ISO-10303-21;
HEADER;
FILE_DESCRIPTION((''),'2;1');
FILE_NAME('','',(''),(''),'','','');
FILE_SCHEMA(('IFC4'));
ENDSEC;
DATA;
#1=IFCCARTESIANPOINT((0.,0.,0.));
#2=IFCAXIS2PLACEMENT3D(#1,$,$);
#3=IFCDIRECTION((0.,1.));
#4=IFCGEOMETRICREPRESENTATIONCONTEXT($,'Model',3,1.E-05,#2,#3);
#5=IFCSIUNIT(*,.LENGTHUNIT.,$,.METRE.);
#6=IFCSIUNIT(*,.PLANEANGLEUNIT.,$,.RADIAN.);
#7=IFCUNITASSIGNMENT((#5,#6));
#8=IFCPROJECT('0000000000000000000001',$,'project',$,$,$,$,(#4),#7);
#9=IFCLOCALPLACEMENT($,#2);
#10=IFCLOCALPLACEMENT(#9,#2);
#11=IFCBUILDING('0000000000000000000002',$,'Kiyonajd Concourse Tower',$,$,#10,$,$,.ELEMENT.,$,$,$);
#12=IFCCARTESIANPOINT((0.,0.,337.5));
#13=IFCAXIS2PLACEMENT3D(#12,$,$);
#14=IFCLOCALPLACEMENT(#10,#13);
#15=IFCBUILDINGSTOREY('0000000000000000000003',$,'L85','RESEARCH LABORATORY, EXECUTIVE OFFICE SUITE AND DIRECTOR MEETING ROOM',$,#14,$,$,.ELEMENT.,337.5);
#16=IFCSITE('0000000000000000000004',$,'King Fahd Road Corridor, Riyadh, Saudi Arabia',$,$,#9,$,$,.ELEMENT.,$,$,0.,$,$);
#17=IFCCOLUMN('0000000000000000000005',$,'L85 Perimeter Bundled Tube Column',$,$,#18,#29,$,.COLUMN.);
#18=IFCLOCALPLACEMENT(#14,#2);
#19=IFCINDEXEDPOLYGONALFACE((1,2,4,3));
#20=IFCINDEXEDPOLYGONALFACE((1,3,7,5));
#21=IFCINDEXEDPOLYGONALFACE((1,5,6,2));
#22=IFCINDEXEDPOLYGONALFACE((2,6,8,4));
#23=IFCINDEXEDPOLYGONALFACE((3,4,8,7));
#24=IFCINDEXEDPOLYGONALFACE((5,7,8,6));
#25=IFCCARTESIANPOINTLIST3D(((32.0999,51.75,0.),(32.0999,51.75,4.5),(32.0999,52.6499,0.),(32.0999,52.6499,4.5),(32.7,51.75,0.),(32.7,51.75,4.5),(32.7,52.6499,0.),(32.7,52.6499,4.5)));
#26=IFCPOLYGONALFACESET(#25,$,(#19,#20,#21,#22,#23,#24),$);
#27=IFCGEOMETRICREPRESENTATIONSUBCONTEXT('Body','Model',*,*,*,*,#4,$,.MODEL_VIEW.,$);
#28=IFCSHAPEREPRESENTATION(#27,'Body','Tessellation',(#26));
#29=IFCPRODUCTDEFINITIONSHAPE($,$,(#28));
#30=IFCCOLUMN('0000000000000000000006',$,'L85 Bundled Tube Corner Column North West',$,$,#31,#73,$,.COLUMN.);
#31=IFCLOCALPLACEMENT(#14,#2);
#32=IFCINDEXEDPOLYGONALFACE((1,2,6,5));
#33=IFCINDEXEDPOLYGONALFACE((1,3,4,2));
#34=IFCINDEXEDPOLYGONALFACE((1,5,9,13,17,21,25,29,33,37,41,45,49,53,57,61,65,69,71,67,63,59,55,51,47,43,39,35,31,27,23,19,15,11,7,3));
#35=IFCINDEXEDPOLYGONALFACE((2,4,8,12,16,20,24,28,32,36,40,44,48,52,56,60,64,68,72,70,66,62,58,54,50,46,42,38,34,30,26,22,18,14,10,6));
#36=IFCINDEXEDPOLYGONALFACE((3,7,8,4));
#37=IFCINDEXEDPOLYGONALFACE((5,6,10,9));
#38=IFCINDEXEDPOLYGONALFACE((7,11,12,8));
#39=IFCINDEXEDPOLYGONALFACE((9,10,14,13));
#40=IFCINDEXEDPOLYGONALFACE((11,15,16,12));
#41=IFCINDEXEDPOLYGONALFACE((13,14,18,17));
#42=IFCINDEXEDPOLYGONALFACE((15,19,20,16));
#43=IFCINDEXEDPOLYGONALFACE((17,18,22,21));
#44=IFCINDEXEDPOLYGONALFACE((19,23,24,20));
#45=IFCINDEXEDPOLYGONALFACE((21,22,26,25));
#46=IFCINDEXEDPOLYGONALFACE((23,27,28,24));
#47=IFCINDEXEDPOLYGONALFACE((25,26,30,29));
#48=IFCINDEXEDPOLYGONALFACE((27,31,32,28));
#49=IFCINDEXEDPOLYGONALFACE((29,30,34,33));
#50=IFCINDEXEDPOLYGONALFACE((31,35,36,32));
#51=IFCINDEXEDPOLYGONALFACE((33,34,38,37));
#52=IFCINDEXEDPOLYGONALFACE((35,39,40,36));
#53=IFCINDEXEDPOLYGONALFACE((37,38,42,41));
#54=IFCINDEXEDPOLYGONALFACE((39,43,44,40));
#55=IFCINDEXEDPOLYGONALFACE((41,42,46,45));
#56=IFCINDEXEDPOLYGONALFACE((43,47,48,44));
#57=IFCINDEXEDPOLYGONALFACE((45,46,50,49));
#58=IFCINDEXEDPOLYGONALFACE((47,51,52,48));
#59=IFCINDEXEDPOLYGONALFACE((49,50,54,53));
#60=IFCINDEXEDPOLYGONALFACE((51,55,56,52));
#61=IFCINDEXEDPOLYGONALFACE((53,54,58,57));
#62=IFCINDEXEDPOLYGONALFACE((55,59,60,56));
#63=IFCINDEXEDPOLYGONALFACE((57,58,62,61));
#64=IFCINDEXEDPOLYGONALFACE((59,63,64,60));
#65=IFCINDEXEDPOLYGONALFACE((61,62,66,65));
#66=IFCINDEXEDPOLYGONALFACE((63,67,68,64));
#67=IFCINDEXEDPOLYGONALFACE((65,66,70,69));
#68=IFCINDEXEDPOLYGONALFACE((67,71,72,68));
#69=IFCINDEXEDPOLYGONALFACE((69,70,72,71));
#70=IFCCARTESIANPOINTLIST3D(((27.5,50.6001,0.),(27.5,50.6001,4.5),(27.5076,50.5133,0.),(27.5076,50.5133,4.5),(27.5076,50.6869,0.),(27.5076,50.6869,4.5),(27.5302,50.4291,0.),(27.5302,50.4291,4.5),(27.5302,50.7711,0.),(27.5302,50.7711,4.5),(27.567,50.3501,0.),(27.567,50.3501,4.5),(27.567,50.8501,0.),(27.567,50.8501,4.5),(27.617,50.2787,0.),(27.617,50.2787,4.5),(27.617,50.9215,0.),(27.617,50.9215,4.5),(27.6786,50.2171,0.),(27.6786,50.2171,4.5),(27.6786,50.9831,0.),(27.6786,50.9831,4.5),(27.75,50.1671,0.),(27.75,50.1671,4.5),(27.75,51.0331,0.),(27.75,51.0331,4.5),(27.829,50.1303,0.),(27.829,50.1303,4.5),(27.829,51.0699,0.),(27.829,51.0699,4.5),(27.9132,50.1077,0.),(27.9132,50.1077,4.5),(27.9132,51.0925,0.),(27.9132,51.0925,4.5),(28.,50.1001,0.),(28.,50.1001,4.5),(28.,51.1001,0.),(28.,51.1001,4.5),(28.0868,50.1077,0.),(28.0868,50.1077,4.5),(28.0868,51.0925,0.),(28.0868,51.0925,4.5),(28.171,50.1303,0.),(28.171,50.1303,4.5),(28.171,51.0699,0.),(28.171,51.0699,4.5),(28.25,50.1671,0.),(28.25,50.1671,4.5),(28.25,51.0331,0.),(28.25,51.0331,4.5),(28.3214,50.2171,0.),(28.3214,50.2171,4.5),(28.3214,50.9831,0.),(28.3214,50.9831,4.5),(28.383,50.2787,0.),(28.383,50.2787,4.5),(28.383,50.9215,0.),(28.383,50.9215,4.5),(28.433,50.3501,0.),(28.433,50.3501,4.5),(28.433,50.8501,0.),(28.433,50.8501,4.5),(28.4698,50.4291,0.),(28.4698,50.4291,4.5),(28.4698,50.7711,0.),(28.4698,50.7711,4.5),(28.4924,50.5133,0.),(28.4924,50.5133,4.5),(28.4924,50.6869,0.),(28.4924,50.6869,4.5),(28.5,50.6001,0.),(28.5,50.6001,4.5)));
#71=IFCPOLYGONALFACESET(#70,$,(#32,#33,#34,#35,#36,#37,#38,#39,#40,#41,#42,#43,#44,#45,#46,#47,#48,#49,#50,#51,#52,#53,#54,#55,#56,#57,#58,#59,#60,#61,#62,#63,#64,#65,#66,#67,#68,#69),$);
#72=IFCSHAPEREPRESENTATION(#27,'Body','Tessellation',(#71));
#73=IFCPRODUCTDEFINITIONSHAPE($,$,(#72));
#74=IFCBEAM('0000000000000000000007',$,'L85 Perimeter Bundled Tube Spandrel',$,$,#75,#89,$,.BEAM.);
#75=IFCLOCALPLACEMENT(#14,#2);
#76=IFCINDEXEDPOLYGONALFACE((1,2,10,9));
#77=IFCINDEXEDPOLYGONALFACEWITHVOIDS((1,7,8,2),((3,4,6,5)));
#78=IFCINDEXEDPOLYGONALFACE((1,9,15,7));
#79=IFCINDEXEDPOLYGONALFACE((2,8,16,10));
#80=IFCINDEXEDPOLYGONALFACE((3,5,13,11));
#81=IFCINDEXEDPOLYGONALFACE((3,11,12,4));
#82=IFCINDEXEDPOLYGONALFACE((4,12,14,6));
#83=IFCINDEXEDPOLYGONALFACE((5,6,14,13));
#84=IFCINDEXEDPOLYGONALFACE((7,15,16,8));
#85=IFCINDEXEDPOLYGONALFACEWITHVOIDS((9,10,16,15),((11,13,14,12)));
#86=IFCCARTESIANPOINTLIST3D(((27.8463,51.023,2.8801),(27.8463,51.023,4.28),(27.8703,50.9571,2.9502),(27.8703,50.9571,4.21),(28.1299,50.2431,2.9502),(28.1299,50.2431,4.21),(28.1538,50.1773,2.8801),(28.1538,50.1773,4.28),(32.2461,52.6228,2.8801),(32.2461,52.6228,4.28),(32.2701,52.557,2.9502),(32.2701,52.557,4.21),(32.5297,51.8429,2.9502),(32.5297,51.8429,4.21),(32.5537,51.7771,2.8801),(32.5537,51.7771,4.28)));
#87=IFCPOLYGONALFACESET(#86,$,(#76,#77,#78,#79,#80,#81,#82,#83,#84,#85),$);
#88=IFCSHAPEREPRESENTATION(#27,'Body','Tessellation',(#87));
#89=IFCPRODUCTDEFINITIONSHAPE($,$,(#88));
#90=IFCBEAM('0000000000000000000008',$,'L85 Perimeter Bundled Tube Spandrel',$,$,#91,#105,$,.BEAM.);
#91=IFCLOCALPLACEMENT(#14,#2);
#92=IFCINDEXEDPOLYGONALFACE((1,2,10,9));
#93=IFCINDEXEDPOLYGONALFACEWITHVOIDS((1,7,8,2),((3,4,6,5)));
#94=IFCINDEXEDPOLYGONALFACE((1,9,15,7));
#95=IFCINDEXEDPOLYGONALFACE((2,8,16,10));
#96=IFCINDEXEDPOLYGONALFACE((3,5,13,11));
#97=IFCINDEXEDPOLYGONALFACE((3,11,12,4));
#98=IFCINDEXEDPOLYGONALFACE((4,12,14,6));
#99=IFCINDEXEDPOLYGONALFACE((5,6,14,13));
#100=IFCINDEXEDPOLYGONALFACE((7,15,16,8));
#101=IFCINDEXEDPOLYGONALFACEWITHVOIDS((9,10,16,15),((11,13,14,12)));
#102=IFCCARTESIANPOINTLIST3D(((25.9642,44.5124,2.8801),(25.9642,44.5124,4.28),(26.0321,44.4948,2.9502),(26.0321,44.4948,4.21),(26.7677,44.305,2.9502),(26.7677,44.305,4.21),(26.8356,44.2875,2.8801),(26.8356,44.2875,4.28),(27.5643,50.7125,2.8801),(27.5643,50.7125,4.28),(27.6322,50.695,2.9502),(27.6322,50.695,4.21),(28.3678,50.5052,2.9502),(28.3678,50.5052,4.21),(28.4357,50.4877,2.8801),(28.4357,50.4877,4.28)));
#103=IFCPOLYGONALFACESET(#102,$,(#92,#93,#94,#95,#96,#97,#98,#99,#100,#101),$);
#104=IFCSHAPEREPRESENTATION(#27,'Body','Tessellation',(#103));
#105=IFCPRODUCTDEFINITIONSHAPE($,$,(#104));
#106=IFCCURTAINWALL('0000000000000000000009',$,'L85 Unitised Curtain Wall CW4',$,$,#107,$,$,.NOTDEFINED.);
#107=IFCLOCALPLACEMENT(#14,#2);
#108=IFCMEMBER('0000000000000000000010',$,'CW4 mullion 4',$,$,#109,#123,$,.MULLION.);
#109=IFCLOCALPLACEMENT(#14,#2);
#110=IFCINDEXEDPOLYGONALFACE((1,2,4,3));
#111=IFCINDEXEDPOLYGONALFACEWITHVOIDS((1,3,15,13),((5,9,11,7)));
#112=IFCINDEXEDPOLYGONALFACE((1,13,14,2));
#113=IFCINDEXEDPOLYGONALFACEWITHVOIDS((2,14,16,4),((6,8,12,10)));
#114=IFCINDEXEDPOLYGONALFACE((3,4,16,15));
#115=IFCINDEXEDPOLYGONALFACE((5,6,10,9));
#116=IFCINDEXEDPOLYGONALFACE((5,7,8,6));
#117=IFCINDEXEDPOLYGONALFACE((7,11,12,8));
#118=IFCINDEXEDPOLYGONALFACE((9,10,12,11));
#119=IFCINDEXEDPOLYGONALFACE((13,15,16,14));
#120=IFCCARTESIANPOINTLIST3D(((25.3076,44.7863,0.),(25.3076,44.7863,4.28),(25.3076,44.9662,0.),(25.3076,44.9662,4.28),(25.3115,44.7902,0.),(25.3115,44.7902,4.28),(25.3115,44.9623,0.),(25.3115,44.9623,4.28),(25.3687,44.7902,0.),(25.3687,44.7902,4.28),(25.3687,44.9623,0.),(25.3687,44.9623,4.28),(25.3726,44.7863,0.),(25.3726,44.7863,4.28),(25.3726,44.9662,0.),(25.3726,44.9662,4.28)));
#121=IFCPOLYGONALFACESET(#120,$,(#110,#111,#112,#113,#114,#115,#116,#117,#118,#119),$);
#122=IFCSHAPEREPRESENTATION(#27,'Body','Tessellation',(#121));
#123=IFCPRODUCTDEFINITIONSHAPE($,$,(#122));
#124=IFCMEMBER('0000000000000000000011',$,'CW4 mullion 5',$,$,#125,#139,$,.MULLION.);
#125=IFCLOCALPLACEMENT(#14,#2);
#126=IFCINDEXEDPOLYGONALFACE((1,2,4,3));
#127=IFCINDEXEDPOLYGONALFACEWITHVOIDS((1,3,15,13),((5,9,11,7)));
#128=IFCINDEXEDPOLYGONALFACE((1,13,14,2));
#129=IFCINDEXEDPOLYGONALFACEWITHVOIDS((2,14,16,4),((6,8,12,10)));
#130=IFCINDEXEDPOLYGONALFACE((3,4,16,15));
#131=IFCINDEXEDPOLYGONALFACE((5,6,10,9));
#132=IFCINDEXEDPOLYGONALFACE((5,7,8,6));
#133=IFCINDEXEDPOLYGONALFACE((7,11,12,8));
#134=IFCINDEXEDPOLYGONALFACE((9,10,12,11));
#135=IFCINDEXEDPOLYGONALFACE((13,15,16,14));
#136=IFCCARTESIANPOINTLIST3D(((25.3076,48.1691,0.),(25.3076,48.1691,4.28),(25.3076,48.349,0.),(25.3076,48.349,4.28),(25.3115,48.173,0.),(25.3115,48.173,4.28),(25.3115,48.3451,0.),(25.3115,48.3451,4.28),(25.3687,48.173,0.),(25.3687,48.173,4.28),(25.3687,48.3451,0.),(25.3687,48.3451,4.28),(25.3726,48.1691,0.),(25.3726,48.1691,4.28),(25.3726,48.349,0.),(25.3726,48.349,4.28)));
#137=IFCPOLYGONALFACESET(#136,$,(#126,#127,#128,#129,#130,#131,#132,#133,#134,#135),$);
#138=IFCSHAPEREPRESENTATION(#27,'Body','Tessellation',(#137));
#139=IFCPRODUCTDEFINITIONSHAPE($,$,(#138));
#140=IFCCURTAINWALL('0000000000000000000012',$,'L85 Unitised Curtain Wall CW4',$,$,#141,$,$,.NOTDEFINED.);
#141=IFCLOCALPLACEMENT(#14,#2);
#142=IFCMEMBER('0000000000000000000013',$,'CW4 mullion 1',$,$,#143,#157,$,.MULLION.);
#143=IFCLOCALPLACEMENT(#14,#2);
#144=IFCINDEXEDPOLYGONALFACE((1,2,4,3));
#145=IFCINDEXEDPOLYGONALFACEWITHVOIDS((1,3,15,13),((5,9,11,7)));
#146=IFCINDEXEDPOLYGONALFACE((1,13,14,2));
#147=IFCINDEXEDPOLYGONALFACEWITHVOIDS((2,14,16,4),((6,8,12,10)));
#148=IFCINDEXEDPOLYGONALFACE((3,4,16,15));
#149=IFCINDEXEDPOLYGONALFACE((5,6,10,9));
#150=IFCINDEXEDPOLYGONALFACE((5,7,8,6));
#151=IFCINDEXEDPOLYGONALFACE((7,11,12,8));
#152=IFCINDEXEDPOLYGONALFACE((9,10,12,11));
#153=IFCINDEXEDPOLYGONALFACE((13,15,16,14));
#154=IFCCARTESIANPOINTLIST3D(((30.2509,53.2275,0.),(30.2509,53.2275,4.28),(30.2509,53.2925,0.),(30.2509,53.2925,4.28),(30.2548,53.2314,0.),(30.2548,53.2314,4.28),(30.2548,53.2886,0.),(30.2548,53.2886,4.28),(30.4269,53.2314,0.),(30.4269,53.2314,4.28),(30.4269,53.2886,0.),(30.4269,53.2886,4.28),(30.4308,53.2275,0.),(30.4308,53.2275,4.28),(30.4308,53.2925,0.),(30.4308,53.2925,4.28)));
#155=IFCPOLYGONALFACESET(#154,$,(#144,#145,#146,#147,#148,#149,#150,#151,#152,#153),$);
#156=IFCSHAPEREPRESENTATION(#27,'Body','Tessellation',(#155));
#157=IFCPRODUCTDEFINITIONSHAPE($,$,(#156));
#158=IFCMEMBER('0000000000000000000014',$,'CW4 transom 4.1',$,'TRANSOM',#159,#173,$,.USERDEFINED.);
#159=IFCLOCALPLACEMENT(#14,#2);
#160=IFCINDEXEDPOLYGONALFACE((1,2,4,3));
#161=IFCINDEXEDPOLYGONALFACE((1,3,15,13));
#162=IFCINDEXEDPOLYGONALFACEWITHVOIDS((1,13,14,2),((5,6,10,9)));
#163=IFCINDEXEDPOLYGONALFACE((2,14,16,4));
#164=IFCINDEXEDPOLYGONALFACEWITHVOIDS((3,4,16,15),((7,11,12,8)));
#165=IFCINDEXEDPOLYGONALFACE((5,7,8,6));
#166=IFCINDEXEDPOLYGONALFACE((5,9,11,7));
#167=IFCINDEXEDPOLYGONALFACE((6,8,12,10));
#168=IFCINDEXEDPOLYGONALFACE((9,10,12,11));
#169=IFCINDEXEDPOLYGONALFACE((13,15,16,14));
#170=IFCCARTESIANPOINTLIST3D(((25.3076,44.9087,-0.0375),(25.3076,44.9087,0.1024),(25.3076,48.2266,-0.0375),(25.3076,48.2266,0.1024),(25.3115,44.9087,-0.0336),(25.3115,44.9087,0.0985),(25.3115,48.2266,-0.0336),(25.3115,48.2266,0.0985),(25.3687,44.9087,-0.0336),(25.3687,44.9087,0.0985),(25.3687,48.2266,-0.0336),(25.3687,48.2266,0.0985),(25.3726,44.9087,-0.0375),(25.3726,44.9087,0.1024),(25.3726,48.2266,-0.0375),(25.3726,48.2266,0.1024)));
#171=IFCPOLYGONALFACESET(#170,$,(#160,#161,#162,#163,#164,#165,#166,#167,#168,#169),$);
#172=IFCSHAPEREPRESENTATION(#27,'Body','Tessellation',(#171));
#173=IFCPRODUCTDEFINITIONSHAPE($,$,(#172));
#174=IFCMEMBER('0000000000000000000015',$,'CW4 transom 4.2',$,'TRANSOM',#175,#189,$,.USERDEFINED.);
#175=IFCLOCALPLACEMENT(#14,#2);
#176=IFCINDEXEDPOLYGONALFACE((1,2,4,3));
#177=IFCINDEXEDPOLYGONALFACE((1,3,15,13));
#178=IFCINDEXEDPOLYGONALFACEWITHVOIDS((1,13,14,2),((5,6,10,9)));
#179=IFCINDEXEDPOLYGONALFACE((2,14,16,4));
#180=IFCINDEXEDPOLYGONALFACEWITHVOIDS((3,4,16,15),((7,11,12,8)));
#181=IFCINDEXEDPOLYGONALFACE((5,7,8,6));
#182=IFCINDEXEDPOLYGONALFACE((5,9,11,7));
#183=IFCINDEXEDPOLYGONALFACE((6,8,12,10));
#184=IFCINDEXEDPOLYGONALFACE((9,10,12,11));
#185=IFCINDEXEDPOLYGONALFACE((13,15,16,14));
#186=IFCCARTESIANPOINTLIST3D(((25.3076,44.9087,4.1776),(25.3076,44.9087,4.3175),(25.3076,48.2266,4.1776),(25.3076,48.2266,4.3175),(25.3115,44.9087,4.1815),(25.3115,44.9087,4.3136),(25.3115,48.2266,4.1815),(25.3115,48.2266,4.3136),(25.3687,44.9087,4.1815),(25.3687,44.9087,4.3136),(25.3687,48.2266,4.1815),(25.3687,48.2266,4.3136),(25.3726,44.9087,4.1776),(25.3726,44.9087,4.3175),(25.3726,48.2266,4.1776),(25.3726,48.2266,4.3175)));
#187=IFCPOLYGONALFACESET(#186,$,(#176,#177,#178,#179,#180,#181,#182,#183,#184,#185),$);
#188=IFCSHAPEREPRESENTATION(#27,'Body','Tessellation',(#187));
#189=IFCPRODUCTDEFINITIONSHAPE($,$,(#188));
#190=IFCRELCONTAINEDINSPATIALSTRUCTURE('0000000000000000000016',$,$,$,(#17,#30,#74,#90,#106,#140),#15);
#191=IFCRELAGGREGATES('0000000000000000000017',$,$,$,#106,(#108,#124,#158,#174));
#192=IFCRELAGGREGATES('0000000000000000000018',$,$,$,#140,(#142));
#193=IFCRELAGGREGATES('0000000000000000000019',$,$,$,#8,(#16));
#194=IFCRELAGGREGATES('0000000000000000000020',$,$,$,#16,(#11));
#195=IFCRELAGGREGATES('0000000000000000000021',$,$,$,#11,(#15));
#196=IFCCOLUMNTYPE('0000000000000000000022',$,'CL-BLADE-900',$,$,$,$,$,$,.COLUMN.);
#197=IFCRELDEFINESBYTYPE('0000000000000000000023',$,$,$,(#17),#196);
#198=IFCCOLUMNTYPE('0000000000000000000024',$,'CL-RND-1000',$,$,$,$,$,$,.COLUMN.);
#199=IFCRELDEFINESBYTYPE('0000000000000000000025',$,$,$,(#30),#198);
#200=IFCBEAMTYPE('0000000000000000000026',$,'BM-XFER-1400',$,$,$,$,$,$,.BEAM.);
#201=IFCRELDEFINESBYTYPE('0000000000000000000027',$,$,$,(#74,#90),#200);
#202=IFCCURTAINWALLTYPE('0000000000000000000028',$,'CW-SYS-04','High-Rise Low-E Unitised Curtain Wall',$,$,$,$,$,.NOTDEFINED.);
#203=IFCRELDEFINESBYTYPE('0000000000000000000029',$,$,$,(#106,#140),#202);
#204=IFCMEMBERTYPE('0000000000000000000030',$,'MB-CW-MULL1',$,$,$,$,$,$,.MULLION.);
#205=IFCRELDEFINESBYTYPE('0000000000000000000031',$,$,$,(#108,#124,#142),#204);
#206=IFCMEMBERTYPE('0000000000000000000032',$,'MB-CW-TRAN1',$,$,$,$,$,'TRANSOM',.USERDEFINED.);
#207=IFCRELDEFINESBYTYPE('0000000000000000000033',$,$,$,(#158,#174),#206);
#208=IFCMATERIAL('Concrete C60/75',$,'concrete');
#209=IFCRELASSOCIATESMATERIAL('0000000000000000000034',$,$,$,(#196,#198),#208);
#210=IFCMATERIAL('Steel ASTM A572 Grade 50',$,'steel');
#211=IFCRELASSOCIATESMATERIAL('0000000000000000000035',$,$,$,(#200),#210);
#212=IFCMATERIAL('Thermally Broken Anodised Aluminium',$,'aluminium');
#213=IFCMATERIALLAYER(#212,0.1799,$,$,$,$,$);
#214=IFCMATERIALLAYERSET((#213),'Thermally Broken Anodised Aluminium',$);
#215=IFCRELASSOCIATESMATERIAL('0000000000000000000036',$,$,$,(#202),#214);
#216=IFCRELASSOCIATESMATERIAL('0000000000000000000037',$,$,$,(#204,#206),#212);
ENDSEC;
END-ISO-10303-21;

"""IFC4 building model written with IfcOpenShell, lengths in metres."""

from ifc_helpers import new_model, si_unit, direction, frame, origin, origin_2d, place, context, subcontext, project, spatial, rectangle, hollow_rectangle, circle, extrude, material, layer, layer_set, material_profile, profile_set, type_object, element, aggregate, save


model = new_model("IFC4")

# Units and contexts
model_context = context("Model", 3, precision=1e-05, world=origin(), true_north=direction((0.0, 1.0)))
body_context = subcontext(model_context, "Body", "Model", "MODEL_VIEW")
ifc_project = project(units=[si_unit("LENGTHUNIT", "METRE"), si_unit("PLANEANGLEUNIT", "RADIAN")], contexts=[model_context])

# Site, building, storey
site_placement = place(None, origin())
site = spatial("IfcSite", under=ifc_project, at=site_placement, Name="King Fahd Road Corridor, Riyadh, Saudi Arabia", CompositionType="ELEMENT", RefElevation=0.0)
building_placement = place(site_placement, origin())
building = spatial("IfcBuilding", under=site, at=building_placement, Name="Kiyonajd Concourse Tower", CompositionType="ELEMENT")
storey_placement = place(building_placement, frame((0.0, 0.0, 337.5)))
storey = spatial("IfcBuildingStorey", under=building, at=storey_placement, Name="L85", Description="RESEARCH LABORATORY, EXECUTIVE OFFICE SUITE AND DIRECTOR MEETING ROOM", CompositionType="ELEMENT", Elevation=337.5)

# Columns
ifc_material_1 = material(Name="Concrete C60/75", Category="concrete")
ifc_material_profile_1 = material_profile(ifc_material_1, rectangle(XDim=0.6001, YDim=0.8999, at=origin_2d()), Name="RC-900x600")
ifc_profile_set_1 = profile_set([ifc_material_profile_1], Name="Concrete C60/75")
column_type_1 = type_object("IfcColumnType", Name="CL-BLADE-900", PredefinedType="COLUMN", material=ifc_profile_set_1)
column_1_placement = place(storey_placement, frame((32.3999, 52.2, 0.0), z_axis=(0.0, 0.0, 1.0), x_axis=(1.0, 0.0, 0.0)))
element("IfcColumn", 1, at=column_1_placement, inside=storey, type_object=column_type_1, Name="L85 Perimeter Bundled Tube Column", PredefinedType="COLUMN", context=body_context, shape_type="SweptSolid", body=[
    extrude(rectangle(XDim=0.6001, YDim=0.8999, at=origin_2d()), origin(), (0.0, 0.0, 1.0), 4.5),
])
ifc_material_profile_2 = material_profile(ifc_material_1, circle(Radius=0.5, at=origin_2d()), Name="RCC-D1000")
ifc_profile_set_2 = profile_set([ifc_material_profile_2], Name="Concrete C60/75")
column_type_2 = type_object("IfcColumnType", Name="CL-RND-1000", PredefinedType="COLUMN", material=ifc_profile_set_2)
column_2_placement = place(storey_placement, frame((28.0, 50.6001, 0.0), z_axis=(0.0, 0.0, 1.0), x_axis=(1.0, 0.0, 0.0)))
element("IfcColumn", 2, at=column_2_placement, inside=storey, type_object=column_type_2, Name="L85 Bundled Tube Corner Column North West", PredefinedType="COLUMN", context=body_context, shape_type="SweptSolid", body=[
    extrude(circle(Radius=0.5, at=origin_2d()), origin(), (0.0, 0.0, 1.0), 4.5),
])

# Beams
ifc_material_2 = material(Name="Steel ASTM A572 Grade 50", Category="steel")
ifc_material_profile_3 = material_profile(ifc_material_2, hollow_rectangle(XDim=0.8999, YDim=1.3999, WallThickness=0.0701, at=origin_2d()), Name="BOX-1400x900x70")
ifc_profile_set_3 = profile_set([ifc_material_profile_3], Name="Steel ASTM A572 Grade 50")
beam_type = type_object("IfcBeamType", Name="BM-XFER-1400", PredefinedType="BEAM", material=ifc_profile_set_3)
beam_1_placement = place(storey_placement, frame((32.3999, 52.2, 3.5801), z_axis=(-0.939801, -0.341722, 0.0), x_axis=(0.341722, -0.939801, 0.0)))
element("IfcBeam", 3, at=beam_1_placement, inside=storey, type_object=beam_type, Name="L85 Perimeter Bundled Tube Spandrel", PredefinedType="BEAM", context=body_context, shape_type="SweptSolid", body=[
    extrude(hollow_rectangle(XDim=0.8999, YDim=1.3999, WallThickness=0.0701, at=origin_2d()), origin(), (0.0, 0.0, 1.0), 4.6816),
])
beam_2_placement = place(storey_placement, frame((28.0, 50.6001, 3.5801), z_axis=(-0.249885, -0.968276, 0.0), x_axis=(0.968276, -0.249885, 0.0)))
element("IfcBeam", 4, at=beam_2_placement, inside=storey, type_object=beam_type, Name="L85 Perimeter Bundled Tube Spandrel", PredefinedType="BEAM", context=body_context, shape_type="SweptSolid", body=[
    extrude(hollow_rectangle(XDim=0.8999, YDim=1.3999, WallThickness=0.0701, at=origin_2d()), origin(), (0.0, 0.0, 1.0), 6.4033),
])

# Curtain wall, members
ifc_material_3 = material(Name="Thermally Broken Anodised Aluminium", Category="aluminium")
ifc_layer_1 = layer(ifc_material_3, 0.1799)
ifc_layer_set_1 = layer_set([ifc_layer_1], Name="Thermally Broken Anodised Aluminium")
curtain_wall_type = type_object("IfcCurtainWallType", Name="CW-SYS-04", Description="High-Rise Low-E Unitised Curtain Wall", PredefinedType="NOTDEFINED", material=ifc_layer_set_1)
curtain_wall_1_placement = place(storey_placement, origin())
curtain_wall_1 = element("IfcCurtainWall", 5, at=curtain_wall_1_placement, inside=storey, type_object=curtain_wall_type, Name="L85 Unitised Curtain Wall CW4", PredefinedType="NOTDEFINED")
ifc_material_profile_4 = material_profile(ifc_material_3, hollow_rectangle(XDim=0.0649, YDim=0.1799, WallThickness=0.0039, at=origin_2d()), Name="MULL-65x180")
ifc_profile_set_4 = profile_set([ifc_material_profile_4], Name="Thermally Broken Anodised Aluminium")
member_type_1 = type_object("IfcMemberType", Name="MB-CW-MULL1", PredefinedType="MULLION", material=ifc_profile_set_4)
member_1_placement = place(storey_placement, frame((25.3401, 44.8762, 0.0), z_axis=(0.0, 0.0, 1.0), x_axis=(-1.0, 0.0, 0.0)))
member_1 = element("IfcMember", 6, at=member_1_placement, type_object=member_type_1, Name="CW4 mullion 4", PredefinedType="MULLION", context=body_context, shape_type="SweptSolid", body=[
    extrude(hollow_rectangle(XDim=0.0649, YDim=0.1799, WallThickness=0.0039, at=origin_2d()), origin(), (0.0, 0.0, 1.0), 4.28),
])
member_2_placement = place(storey_placement, frame((25.3401, 48.259, 0.0), z_axis=(0.0, 0.0, 1.0), x_axis=(-1.0, 0.0, 0.0)))
member_2 = element("IfcMember", 7, at=member_2_placement, type_object=member_type_1, Name="CW4 mullion 5", PredefinedType="MULLION", context=body_context, shape_type="SweptSolid", body=[
    extrude(hollow_rectangle(XDim=0.0649, YDim=0.1799, WallThickness=0.0039, at=origin_2d()), origin(), (0.0, 0.0, 1.0), 4.28),
])

# Curtain wall, member
curtain_wall_2_placement = place(storey_placement, origin())
curtain_wall_2 = element("IfcCurtainWall", 8, at=curtain_wall_2_placement, inside=storey, type_object=curtain_wall_type, Name="L85 Unitised Curtain Wall CW4", PredefinedType="NOTDEFINED")
member_3_placement = place(storey_placement, frame((30.3408, 53.26, 0.0), z_axis=(0.0, 0.0, 1.0), x_axis=(0.0, 1.0, 0.0)))
member_3 = element("IfcMember", 9, at=member_3_placement, type_object=member_type_1, Name="CW4 mullion 1", PredefinedType="MULLION", context=body_context, shape_type="SweptSolid", body=[
    extrude(hollow_rectangle(XDim=0.0649, YDim=0.1799, WallThickness=0.0039, at=origin_2d()), origin(), (0.0, 0.0, 1.0), 4.28),
])

# Members
ifc_material_profile_5 = material_profile(ifc_material_3, hollow_rectangle(XDim=0.0649, YDim=0.1399, WallThickness=0.0039, at=origin_2d()), Name="TRAN-65x140")
ifc_profile_set_5 = profile_set([ifc_material_profile_5], Name="Thermally Broken Anodised Aluminium")
member_type_2 = type_object("IfcMemberType", Name="MB-CW-TRAN1", ElementType="TRANSOM", PredefinedType="USERDEFINED", material=ifc_profile_set_5)
member_4_placement = place(storey_placement, frame((25.3401, 44.9087, 0.0325), z_axis=(0.0, 1.0, 0.0), x_axis=(-1.0, 0.0, 0.0)))
member_4 = element("IfcMember", 10, at=member_4_placement, type_object=member_type_2, Name="CW4 transom 4.1", ObjectType="TRANSOM", PredefinedType="USERDEFINED", context=body_context, shape_type="SweptSolid", body=[
    extrude(hollow_rectangle(XDim=0.0649, YDim=0.1399, WallThickness=0.0039, at=origin_2d()), origin(), (0.0, 0.0, 1.0), 3.3179),
])
member_5_placement = place(storey_placement, frame((25.3401, 44.9087, 4.2476), z_axis=(0.0, 1.0, 0.0), x_axis=(-1.0, 0.0, 0.0)))
member_5 = element("IfcMember", 11, at=member_5_placement, type_object=member_type_2, Name="CW4 transom 4.2", ObjectType="TRANSOM", PredefinedType="USERDEFINED", context=body_context, shape_type="SweptSolid", body=[
    extrude(hollow_rectangle(XDim=0.0649, YDim=0.1399, WallThickness=0.0039, at=origin_2d()), origin(), (0.0, 0.0, 1.0), 3.3179),
])

aggregate(curtain_wall_1, [member_1, member_2, member_4, member_5])
aggregate(curtain_wall_2, [member_3])

save(model, "model.ifc")
